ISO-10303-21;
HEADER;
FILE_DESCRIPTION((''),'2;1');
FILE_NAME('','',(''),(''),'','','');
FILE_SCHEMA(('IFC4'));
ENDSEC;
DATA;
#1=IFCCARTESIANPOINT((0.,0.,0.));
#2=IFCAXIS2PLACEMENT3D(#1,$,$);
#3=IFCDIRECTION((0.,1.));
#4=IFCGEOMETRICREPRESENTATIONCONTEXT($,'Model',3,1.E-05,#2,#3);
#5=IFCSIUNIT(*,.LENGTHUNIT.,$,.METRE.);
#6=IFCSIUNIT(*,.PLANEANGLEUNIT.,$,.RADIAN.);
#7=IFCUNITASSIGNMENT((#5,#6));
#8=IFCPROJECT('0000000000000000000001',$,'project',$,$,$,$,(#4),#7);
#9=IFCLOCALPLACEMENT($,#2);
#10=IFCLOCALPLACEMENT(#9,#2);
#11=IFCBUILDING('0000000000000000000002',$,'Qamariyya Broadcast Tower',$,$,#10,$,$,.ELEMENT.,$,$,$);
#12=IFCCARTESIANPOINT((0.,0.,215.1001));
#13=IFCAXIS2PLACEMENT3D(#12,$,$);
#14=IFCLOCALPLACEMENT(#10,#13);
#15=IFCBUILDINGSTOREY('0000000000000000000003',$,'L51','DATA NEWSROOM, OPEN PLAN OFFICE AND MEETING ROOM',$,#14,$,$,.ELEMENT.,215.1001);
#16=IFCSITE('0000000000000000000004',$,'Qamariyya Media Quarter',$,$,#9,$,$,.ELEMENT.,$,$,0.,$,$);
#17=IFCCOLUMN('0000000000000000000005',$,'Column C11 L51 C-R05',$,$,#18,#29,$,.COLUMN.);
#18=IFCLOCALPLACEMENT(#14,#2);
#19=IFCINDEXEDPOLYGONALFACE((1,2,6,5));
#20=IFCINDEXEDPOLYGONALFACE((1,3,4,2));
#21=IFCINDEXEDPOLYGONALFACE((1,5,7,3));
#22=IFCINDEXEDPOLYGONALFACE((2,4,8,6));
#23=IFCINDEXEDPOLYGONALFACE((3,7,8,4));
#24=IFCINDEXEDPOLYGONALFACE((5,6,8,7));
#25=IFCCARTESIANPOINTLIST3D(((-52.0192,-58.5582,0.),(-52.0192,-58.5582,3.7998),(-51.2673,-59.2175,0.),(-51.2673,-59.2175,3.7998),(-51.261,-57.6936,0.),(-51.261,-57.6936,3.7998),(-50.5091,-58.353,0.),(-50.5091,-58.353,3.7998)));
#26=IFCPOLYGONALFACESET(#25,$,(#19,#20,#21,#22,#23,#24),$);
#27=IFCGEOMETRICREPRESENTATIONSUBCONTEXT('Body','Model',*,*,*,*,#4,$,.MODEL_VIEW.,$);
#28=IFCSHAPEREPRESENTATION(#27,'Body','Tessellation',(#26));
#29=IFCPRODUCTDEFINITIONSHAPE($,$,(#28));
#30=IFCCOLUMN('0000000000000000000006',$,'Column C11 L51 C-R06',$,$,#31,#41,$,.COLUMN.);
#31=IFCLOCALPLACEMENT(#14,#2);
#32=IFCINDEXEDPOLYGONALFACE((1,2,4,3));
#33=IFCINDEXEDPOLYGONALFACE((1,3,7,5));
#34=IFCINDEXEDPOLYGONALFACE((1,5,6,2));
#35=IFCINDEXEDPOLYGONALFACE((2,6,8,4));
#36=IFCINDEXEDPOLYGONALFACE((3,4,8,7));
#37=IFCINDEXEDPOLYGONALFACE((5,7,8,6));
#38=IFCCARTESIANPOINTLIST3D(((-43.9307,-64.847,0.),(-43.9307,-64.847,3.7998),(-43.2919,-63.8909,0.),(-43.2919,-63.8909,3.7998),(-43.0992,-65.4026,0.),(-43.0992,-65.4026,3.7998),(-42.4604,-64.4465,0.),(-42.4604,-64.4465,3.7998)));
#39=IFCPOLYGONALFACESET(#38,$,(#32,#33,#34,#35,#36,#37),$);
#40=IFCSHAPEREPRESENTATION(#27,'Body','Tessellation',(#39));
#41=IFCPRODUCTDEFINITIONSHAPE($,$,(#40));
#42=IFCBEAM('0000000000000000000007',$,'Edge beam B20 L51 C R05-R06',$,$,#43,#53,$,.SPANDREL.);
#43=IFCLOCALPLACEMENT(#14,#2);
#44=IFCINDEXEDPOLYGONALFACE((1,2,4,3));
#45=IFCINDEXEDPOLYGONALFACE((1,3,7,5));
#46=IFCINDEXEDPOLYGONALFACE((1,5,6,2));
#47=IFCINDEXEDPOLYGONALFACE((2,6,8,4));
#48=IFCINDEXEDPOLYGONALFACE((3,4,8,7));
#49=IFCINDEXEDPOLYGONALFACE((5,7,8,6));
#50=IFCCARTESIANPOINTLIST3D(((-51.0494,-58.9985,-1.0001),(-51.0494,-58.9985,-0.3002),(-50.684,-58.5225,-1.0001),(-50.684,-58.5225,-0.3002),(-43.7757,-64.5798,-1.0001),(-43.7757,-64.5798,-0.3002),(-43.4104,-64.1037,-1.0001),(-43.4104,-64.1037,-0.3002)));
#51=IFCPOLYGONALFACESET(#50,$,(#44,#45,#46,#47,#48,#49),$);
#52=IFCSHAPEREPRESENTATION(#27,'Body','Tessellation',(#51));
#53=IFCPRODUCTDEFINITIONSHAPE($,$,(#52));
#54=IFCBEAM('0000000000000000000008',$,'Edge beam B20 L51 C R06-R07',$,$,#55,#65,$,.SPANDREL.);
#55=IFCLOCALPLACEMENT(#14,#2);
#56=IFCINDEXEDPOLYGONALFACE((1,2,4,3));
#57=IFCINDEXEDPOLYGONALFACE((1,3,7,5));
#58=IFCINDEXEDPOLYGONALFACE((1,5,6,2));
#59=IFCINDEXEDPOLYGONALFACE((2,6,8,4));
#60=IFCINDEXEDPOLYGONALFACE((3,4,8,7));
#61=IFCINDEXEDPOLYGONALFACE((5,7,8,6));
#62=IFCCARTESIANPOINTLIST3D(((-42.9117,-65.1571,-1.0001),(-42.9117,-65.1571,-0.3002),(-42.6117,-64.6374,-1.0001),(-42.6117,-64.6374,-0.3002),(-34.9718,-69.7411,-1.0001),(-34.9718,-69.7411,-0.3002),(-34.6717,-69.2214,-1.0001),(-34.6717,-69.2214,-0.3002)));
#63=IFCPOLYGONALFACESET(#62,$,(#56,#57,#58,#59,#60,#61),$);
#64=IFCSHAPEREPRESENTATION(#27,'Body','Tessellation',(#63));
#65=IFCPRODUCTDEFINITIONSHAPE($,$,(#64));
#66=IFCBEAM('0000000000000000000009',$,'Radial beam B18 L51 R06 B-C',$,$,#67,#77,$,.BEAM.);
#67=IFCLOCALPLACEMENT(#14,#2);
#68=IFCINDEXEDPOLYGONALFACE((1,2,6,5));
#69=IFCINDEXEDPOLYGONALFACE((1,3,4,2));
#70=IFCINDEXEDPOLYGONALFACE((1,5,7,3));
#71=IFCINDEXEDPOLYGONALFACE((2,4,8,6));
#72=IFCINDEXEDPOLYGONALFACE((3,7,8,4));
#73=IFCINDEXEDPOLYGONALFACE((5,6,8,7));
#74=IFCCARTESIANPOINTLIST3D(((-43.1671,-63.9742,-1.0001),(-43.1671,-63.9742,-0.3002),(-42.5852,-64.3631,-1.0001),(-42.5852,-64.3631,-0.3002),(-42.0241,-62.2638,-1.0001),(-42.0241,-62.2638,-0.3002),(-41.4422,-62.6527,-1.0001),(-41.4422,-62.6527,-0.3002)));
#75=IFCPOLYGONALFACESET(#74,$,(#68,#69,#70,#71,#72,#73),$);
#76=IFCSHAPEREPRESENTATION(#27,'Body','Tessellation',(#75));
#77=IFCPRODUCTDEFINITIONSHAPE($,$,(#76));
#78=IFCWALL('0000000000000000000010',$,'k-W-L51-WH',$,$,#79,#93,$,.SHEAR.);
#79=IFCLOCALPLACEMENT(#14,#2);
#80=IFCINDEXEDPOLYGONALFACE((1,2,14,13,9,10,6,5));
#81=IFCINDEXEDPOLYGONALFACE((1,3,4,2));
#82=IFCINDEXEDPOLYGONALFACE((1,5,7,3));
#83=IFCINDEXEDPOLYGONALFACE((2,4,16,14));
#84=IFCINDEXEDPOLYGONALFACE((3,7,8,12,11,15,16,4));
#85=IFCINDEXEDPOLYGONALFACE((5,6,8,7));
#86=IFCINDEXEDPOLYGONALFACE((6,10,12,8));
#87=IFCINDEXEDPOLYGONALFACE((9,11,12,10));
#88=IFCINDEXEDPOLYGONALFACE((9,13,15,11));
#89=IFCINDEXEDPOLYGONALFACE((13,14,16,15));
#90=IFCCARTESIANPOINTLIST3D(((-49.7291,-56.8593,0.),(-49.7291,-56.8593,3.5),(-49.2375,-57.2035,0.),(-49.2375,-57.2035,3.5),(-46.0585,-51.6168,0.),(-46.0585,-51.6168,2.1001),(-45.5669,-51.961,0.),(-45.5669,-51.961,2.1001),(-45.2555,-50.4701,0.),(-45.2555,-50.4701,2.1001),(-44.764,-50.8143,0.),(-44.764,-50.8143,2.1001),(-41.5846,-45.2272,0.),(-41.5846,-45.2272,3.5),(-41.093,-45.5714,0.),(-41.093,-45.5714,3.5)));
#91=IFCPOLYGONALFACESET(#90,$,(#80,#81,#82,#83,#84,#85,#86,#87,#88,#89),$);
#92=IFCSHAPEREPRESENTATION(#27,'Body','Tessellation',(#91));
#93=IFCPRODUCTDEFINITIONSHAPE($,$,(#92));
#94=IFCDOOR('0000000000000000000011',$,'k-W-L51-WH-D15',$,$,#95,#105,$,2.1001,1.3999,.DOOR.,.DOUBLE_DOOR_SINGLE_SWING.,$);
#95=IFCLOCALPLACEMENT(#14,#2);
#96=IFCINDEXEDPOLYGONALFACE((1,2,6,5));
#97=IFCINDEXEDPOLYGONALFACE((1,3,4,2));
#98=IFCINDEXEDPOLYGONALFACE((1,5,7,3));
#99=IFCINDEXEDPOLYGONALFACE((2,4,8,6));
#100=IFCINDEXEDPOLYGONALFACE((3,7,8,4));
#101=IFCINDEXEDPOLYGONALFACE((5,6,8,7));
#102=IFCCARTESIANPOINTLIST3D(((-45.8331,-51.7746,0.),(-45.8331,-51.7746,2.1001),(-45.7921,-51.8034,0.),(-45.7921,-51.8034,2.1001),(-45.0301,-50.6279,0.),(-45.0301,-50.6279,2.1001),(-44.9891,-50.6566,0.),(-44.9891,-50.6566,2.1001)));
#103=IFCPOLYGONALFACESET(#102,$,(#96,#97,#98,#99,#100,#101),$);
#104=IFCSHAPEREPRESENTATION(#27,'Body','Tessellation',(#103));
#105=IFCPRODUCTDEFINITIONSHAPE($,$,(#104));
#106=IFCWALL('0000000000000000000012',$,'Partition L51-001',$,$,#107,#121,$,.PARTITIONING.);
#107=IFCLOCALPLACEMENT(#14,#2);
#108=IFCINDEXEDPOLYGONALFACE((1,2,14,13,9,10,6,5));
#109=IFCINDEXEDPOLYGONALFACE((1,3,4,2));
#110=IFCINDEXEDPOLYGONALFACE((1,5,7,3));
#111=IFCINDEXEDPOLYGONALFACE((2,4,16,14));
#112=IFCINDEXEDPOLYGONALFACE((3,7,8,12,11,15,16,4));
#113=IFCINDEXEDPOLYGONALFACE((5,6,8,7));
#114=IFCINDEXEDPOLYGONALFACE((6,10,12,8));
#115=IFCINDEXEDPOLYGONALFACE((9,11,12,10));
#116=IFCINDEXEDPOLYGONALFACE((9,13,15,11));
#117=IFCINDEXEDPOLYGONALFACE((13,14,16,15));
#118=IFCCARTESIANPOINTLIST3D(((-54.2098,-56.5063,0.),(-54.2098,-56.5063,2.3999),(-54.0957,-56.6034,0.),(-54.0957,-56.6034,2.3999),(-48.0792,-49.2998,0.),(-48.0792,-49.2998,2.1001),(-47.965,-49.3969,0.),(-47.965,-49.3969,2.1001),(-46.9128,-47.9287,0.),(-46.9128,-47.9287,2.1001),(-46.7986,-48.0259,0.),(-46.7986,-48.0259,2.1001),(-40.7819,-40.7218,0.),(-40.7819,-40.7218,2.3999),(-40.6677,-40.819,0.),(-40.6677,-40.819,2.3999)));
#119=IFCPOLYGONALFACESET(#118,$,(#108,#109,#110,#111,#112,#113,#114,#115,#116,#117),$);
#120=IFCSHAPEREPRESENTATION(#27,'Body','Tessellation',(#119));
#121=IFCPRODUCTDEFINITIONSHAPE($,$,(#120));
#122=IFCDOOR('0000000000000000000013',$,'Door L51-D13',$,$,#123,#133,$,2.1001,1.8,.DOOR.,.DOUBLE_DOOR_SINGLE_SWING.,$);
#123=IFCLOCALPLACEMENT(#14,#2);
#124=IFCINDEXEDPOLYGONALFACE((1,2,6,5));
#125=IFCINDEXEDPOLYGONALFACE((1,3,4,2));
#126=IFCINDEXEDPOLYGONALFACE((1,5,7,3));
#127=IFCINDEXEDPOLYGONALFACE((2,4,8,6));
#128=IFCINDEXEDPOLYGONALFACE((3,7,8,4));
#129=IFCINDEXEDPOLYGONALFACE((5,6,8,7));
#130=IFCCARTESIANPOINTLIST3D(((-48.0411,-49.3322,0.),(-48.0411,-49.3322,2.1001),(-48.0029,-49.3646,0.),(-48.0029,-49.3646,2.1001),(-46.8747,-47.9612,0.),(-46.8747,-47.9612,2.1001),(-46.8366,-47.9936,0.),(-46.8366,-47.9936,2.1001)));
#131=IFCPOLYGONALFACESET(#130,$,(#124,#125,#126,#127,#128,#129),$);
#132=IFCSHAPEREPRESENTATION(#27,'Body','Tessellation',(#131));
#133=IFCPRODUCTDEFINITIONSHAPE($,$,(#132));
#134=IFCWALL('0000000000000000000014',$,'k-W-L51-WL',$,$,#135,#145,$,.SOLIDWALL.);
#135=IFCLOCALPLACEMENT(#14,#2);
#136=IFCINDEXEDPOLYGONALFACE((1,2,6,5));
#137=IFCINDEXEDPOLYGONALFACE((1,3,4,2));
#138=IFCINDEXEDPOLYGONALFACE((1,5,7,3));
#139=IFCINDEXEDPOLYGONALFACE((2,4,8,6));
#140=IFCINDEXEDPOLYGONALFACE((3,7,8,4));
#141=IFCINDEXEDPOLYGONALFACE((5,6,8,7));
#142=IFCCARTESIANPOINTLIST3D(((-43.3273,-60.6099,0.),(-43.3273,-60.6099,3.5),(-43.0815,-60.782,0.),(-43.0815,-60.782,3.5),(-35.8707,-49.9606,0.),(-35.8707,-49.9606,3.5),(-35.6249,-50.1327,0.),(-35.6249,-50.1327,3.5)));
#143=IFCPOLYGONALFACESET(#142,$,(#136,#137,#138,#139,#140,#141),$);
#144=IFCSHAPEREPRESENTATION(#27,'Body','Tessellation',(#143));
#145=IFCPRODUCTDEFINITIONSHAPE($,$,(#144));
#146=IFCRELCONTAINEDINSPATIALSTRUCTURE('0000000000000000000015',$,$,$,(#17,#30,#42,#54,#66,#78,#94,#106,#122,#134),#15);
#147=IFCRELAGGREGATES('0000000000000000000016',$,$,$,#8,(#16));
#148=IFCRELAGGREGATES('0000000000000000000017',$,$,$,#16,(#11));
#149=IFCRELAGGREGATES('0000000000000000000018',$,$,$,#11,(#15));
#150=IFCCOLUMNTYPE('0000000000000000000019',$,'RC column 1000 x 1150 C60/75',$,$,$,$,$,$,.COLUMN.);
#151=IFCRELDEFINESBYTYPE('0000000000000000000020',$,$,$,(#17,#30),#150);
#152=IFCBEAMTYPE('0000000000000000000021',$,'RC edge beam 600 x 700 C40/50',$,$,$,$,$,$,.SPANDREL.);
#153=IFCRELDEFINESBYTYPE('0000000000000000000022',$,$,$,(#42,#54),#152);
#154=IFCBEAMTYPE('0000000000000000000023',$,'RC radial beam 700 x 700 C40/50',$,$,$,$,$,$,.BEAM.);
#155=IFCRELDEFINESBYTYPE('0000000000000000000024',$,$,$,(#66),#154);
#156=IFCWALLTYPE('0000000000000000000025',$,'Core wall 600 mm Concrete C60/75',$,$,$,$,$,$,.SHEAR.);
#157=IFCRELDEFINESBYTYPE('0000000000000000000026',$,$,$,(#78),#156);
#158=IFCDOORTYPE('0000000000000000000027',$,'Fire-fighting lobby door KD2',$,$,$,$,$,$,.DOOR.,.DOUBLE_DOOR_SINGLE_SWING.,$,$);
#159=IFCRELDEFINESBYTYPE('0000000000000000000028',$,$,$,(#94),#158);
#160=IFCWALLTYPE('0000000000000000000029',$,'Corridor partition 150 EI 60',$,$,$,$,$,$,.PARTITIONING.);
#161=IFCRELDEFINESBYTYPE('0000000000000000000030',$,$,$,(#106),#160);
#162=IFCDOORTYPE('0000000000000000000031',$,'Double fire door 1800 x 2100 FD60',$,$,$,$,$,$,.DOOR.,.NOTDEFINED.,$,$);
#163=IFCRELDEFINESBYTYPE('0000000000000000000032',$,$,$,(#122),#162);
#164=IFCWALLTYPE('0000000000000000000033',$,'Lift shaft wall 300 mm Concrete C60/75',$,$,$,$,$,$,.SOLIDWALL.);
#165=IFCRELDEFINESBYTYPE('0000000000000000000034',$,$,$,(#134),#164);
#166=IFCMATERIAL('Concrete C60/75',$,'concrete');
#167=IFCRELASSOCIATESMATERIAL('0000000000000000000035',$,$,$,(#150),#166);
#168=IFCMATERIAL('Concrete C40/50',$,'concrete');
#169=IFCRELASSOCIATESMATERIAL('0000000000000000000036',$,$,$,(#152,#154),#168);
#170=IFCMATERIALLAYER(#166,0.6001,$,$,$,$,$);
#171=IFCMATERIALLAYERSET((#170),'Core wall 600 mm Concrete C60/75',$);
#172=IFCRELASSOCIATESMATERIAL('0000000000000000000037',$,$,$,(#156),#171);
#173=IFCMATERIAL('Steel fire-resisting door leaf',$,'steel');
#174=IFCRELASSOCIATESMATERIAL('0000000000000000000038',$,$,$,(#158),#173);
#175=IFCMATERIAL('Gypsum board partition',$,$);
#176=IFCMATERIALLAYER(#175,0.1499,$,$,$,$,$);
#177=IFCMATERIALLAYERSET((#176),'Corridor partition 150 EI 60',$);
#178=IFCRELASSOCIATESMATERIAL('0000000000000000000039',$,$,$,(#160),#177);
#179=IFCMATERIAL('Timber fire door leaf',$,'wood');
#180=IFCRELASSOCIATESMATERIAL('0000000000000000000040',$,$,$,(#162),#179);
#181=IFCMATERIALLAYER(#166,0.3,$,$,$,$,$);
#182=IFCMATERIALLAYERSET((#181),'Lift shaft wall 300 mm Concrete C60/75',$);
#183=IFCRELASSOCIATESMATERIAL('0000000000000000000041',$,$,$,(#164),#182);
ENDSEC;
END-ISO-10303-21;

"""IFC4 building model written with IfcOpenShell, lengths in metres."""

from ifc_helpers import new_model, si_unit, direction, frame, frame_2d, origin, origin_2d, place, context, subcontext, project, spatial, rectangle, extrude, material, layer, layer_set, material_profile, profile_set, type_object, element, fill, save


model = new_model("IFC4")

# Units and contexts
model_context = context("Model", 3, precision=1e-05, world=origin(), true_north=direction((0.0, 1.0)))
body_context = subcontext(model_context, "Body", "Model", "MODEL_VIEW")
ifc_project = project(units=[si_unit("LENGTHUNIT", "METRE"), si_unit("PLANEANGLEUNIT", "RADIAN")], contexts=[model_context])

# Site, building, storey
site_placement = place(None, origin())
site = spatial("IfcSite", under=ifc_project, at=site_placement, Name="Qamariyya Media Quarter", CompositionType="ELEMENT", RefElevation=0.0)
building_placement = place(site_placement, origin())
building = spatial("IfcBuilding", under=site, at=building_placement, Name="Qamariyya Broadcast Tower", CompositionType="ELEMENT")
storey_placement = place(building_placement, frame((0.0, 0.0, 215.1001)))
storey = spatial("IfcBuildingStorey", under=building, at=storey_placement, Name="L51", Description="DATA NEWSROOM, OPEN PLAN OFFICE AND MEETING ROOM", CompositionType="ELEMENT", Elevation=215.1001)

# Columns
ifc_material_1 = material(Name="Concrete C60/75", Category="concrete")
ifc_material_profile_1 = material_profile(ifc_material_1, rectangle(XDim=1.0, YDim=1.1499, at=origin_2d()))
ifc_profile_set_1 = profile_set([ifc_material_profile_1], Name="Concrete C60/75")
column_type = type_object("IfcColumnType", Name="RC column 1000 x 1150 C60/75", PredefinedType="COLUMN", material=ifc_profile_set_1)
for number, where, z_axis, x_axis, name in (
    (1, (-51.2642, -58.4556, 0.0), (0.0, 0.0, 1.0), (0.75184, -0.659346, 0.0), "Column C11 L51 C-R05"),
    (2, (-43.1956, -64.6467, 0.0), (0.0, 0.0, 1.0), (0.83147, -0.55557, 0.0), "Column C11 L51 C-R06"),
):
    element("IfcColumn", number, at=place(storey_placement, frame(where, z_axis=z_axis, x_axis=x_axis)), inside=storey, type_object=column_type, Name=name, PredefinedType="COLUMN", context=body_context, shape_type="SweptSolid", body=[
        extrude(rectangle(XDim=1.0, YDim=1.1499, at=origin_2d()), origin(), (0.0, 0.0, 1.0), 3.7998),
    ])

# Beams
ifc_material_2 = material(Name="Concrete C40/50", Category="concrete")
ifc_material_profile_2 = material_profile(ifc_material_2, rectangle(XDim=0.6001, YDim=0.7, at=origin_2d()))
ifc_profile_set_2 = profile_set([ifc_material_profile_2], Name="Concrete C40/50")
beam_type_1 = type_object("IfcBeamType", Name="RC edge beam 600 x 700 C40/50", PredefinedType="SPANDREL", material=ifc_profile_set_2)
for number, where, z_axis, x_axis, name in (
    (3, (-50.8667, -58.7605, -0.6501), (0.793353, -0.608762, 0.0), (0.608762, 0.793353, 0.0), "Edge beam B20 L51 C R05-R06"),
    (4, (-42.7617, -64.8972, -0.6501), (0.866032, -0.499988, 0.0), (0.499988, 0.866032, 0.0), "Edge beam B20 L51 C R06-R07"),
):
    element("IfcBeam", number, at=place(storey_placement, frame(where, z_axis=z_axis, x_axis=x_axis)), inside=storey, type_object=beam_type_1, Name=name, PredefinedType="SPANDREL", context=body_context, shape_type="SweptSolid", body=[
        extrude(rectangle(XDim=0.6001, YDim=0.7, at=origin_2d()), origin(), (0.0, 0.0, 1.0), 9.1682),
    ])
ifc_material_profile_3 = material_profile(ifc_material_2, rectangle(XDim=0.7, YDim=0.7, at=origin_2d()))
ifc_profile_set_3 = profile_set([ifc_material_profile_3], Name="Concrete C40/50")
beam_type_2 = type_object("IfcBeamType", Name="RC radial beam 700 x 700 C40/50", PredefinedType="BEAM", material=ifc_profile_set_3)
beam_placement = place(storey_placement, frame((-41.7332, -62.4583, -0.6501), z_axis=(-0.555631, -0.831429, 0.0), x_axis=(0.831429, -0.555631, 0.0)))
element("IfcBeam", 5, at=beam_placement, inside=storey, type_object=beam_type_2, Name="Radial beam B18 L51 R06 B-C", PredefinedType="BEAM", context=body_context, shape_type="SweptSolid", body=[
    extrude(rectangle(XDim=0.7, YDim=0.7, at=origin_2d()), origin(), (0.0, 0.0, 1.0), 2.0571),
])

# Walls, openings, doors
ifc_layer_1 = layer(ifc_material_1, 0.6001)
ifc_layer_set_1 = layer_set([ifc_layer_1], Name="Core wall 600 mm Concrete C60/75")
wall_type_1 = type_object("IfcWallType", Name="Core wall 600 mm Concrete C60/75", PredefinedType="SHEAR", material=ifc_layer_set_1)
wall_1_placement = place(storey_placement, frame((-49.4834, -57.0315, 0.0), z_axis=(0.0, 0.0, 1.0), x_axis=(0.57356, 0.819163, 0.0)))
wall_1 = element("IfcWall", 6, at=wall_1_placement, inside=storey, type_object=wall_type_1, Name="k-W-L51-WH", PredefinedType="SHEAR", context=body_context, shape_type="SweptSolid", body=[
    extrude(rectangle(XDim=14.2, YDim=0.6001, at=frame_2d((7.1001, 0.0))), origin(), (0.0, 0.0, 1.0), 3.5),
])
opening_1_placement = place(wall_1_placement, frame((6.3999, 0.0, 0.0)))
opening_1 = element("IfcOpeningElement", 7, at=opening_1_placement, cuts=wall_1, PredefinedType="OPENING", context=body_context, shape_type="SweptSolid", body=[
    extrude(rectangle(XDim=1.3999, YDim=2.1001, at=frame_2d((0.7, 1.05))), frame((0.0, 0.3101, 0.0), z_axis=(0.0, -1.0, 0.0), x_axis=(1.0, 0.0, 0.0)), (0.0, 0.0, 1.0), 0.6201),
])
ifc_material_3 = material(Name="Steel fire-resisting door leaf", Category="steel")
door_type_1 = type_object("IfcDoorType", Name="Fire-fighting lobby door KD2", OperationType="DOUBLE_DOOR_SINGLE_SWING", PredefinedType="DOOR", material=ifc_material_3)
door_1_placement = place(opening_1_placement, origin())
door_1 = element("IfcDoor", 8, at=door_1_placement, inside=storey, type_object=door_type_1, Name="k-W-L51-WH-D15", OperationType="DOUBLE_DOOR_SINGLE_SWING", OverallHeight=2.1001, OverallWidth=1.3999, PredefinedType="DOOR", context=body_context, shape_type="SweptSolid", body=[
    extrude(rectangle(XDim=1.3999, YDim=2.1001, at=frame_2d((0.7, 1.05))), frame((0.0, 0.0249, 0.0), z_axis=(0.0, -1.0, 0.0), x_axis=(1.0, 0.0, 0.0)), (0.0, 0.0, 1.0), 0.05),
])
fill(opening_1, door_1)
ifc_material_4 = material(Name="Gypsum board partition")
ifc_layer_2 = layer(ifc_material_4, 0.1499)
ifc_layer_set_2 = layer_set([ifc_layer_2], Name="Corridor partition 150 EI 60")
wall_type_2 = type_object("IfcWallType", Name="Corridor partition 150 EI 60", PredefinedType="PARTITIONING", material=ifc_layer_set_2)
wall_2_placement = place(storey_placement, frame((-54.1528, -56.5549, 0.0), z_axis=(0.0, 0.0, 1.0), x_axis=(0.647963, 0.761672, 0.0)))
wall_2 = element("IfcWall", 9, at=wall_2_placement, inside=storey, type_object=wall_type_2, Name="Partition L51-001", PredefinedType="PARTITIONING", context=body_context, shape_type="SweptSolid", body=[
    extrude(rectangle(XDim=20.7234, YDim=0.1499, at=frame_2d((10.3618, 0.0))), origin(), (0.0, 0.0, 1.0), 2.3999),
])
opening_2_placement = place(wall_2_placement, frame((9.4617, 0.0, 0.0)))
opening_2 = element("IfcOpeningElement", 10, at=opening_2_placement, cuts=wall_2, PredefinedType="OPENING", context=body_context, shape_type="SweptSolid", body=[
    extrude(rectangle(XDim=1.8, YDim=2.1001, at=frame_2d((0.8999, 1.05))), frame((0.0, 0.085, 0.0), z_axis=(0.0, -1.0, 0.0), x_axis=(1.0, 0.0, 0.0)), (0.0, 0.0, 1.0), 0.1699),
])
ifc_material_5 = material(Name="Timber fire door leaf", Category="wood")
door_type_2 = type_object("IfcDoorType", Name="Double fire door 1800 x 2100 FD60", OperationType="NOTDEFINED", PredefinedType="DOOR", material=ifc_material_5)
door_2_placement = place(opening_2_placement, origin())
door_2 = element("IfcDoor", 11, at=door_2_placement, inside=storey, type_object=door_type_2, Name="Door L51-D13", OperationType="DOUBLE_DOOR_SINGLE_SWING", OverallHeight=2.1001, OverallWidth=1.8, PredefinedType="DOOR", context=body_context, shape_type="SweptSolid", body=[
    extrude(rectangle(XDim=1.8, YDim=2.1001, at=frame_2d((0.8999, 1.05))), frame((0.0, 0.0249, 0.0), z_axis=(0.0, -1.0, 0.0), x_axis=(1.0, 0.0, 0.0)), (0.0, 0.0, 1.0), 0.05),
])
fill(opening_2, door_2)

# Wall
ifc_layer_3 = layer(ifc_material_1, 0.3)
ifc_layer_set_3 = layer_set([ifc_layer_3], Name="Lift shaft wall 300 mm Concrete C60/75")
wall_type_3 = type_object("IfcWallType", Name="Lift shaft wall 300 mm Concrete C60/75", PredefinedType="SOLIDWALL", material=ifc_layer_set_3)
wall_3_placement = place(storey_placement, frame((-43.2043, -60.6958, 0.0), z_axis=(0.0, 0.0, 1.0), x_axis=(0.573572, 0.819155, 0.0)))
element("IfcWall", 12, at=wall_3_placement, inside=storey, type_object=wall_type_3, Name="k-W-L51-WL", PredefinedType="SOLIDWALL", context=body_context, shape_type="SweptSolid", body=[
    extrude(rectangle(XDim=13.0002, YDim=0.3, at=frame_2d((6.5, 0.0))), origin(), (0.0, 0.0, 1.0), 3.5),
])

save(model, "model.ifc")
